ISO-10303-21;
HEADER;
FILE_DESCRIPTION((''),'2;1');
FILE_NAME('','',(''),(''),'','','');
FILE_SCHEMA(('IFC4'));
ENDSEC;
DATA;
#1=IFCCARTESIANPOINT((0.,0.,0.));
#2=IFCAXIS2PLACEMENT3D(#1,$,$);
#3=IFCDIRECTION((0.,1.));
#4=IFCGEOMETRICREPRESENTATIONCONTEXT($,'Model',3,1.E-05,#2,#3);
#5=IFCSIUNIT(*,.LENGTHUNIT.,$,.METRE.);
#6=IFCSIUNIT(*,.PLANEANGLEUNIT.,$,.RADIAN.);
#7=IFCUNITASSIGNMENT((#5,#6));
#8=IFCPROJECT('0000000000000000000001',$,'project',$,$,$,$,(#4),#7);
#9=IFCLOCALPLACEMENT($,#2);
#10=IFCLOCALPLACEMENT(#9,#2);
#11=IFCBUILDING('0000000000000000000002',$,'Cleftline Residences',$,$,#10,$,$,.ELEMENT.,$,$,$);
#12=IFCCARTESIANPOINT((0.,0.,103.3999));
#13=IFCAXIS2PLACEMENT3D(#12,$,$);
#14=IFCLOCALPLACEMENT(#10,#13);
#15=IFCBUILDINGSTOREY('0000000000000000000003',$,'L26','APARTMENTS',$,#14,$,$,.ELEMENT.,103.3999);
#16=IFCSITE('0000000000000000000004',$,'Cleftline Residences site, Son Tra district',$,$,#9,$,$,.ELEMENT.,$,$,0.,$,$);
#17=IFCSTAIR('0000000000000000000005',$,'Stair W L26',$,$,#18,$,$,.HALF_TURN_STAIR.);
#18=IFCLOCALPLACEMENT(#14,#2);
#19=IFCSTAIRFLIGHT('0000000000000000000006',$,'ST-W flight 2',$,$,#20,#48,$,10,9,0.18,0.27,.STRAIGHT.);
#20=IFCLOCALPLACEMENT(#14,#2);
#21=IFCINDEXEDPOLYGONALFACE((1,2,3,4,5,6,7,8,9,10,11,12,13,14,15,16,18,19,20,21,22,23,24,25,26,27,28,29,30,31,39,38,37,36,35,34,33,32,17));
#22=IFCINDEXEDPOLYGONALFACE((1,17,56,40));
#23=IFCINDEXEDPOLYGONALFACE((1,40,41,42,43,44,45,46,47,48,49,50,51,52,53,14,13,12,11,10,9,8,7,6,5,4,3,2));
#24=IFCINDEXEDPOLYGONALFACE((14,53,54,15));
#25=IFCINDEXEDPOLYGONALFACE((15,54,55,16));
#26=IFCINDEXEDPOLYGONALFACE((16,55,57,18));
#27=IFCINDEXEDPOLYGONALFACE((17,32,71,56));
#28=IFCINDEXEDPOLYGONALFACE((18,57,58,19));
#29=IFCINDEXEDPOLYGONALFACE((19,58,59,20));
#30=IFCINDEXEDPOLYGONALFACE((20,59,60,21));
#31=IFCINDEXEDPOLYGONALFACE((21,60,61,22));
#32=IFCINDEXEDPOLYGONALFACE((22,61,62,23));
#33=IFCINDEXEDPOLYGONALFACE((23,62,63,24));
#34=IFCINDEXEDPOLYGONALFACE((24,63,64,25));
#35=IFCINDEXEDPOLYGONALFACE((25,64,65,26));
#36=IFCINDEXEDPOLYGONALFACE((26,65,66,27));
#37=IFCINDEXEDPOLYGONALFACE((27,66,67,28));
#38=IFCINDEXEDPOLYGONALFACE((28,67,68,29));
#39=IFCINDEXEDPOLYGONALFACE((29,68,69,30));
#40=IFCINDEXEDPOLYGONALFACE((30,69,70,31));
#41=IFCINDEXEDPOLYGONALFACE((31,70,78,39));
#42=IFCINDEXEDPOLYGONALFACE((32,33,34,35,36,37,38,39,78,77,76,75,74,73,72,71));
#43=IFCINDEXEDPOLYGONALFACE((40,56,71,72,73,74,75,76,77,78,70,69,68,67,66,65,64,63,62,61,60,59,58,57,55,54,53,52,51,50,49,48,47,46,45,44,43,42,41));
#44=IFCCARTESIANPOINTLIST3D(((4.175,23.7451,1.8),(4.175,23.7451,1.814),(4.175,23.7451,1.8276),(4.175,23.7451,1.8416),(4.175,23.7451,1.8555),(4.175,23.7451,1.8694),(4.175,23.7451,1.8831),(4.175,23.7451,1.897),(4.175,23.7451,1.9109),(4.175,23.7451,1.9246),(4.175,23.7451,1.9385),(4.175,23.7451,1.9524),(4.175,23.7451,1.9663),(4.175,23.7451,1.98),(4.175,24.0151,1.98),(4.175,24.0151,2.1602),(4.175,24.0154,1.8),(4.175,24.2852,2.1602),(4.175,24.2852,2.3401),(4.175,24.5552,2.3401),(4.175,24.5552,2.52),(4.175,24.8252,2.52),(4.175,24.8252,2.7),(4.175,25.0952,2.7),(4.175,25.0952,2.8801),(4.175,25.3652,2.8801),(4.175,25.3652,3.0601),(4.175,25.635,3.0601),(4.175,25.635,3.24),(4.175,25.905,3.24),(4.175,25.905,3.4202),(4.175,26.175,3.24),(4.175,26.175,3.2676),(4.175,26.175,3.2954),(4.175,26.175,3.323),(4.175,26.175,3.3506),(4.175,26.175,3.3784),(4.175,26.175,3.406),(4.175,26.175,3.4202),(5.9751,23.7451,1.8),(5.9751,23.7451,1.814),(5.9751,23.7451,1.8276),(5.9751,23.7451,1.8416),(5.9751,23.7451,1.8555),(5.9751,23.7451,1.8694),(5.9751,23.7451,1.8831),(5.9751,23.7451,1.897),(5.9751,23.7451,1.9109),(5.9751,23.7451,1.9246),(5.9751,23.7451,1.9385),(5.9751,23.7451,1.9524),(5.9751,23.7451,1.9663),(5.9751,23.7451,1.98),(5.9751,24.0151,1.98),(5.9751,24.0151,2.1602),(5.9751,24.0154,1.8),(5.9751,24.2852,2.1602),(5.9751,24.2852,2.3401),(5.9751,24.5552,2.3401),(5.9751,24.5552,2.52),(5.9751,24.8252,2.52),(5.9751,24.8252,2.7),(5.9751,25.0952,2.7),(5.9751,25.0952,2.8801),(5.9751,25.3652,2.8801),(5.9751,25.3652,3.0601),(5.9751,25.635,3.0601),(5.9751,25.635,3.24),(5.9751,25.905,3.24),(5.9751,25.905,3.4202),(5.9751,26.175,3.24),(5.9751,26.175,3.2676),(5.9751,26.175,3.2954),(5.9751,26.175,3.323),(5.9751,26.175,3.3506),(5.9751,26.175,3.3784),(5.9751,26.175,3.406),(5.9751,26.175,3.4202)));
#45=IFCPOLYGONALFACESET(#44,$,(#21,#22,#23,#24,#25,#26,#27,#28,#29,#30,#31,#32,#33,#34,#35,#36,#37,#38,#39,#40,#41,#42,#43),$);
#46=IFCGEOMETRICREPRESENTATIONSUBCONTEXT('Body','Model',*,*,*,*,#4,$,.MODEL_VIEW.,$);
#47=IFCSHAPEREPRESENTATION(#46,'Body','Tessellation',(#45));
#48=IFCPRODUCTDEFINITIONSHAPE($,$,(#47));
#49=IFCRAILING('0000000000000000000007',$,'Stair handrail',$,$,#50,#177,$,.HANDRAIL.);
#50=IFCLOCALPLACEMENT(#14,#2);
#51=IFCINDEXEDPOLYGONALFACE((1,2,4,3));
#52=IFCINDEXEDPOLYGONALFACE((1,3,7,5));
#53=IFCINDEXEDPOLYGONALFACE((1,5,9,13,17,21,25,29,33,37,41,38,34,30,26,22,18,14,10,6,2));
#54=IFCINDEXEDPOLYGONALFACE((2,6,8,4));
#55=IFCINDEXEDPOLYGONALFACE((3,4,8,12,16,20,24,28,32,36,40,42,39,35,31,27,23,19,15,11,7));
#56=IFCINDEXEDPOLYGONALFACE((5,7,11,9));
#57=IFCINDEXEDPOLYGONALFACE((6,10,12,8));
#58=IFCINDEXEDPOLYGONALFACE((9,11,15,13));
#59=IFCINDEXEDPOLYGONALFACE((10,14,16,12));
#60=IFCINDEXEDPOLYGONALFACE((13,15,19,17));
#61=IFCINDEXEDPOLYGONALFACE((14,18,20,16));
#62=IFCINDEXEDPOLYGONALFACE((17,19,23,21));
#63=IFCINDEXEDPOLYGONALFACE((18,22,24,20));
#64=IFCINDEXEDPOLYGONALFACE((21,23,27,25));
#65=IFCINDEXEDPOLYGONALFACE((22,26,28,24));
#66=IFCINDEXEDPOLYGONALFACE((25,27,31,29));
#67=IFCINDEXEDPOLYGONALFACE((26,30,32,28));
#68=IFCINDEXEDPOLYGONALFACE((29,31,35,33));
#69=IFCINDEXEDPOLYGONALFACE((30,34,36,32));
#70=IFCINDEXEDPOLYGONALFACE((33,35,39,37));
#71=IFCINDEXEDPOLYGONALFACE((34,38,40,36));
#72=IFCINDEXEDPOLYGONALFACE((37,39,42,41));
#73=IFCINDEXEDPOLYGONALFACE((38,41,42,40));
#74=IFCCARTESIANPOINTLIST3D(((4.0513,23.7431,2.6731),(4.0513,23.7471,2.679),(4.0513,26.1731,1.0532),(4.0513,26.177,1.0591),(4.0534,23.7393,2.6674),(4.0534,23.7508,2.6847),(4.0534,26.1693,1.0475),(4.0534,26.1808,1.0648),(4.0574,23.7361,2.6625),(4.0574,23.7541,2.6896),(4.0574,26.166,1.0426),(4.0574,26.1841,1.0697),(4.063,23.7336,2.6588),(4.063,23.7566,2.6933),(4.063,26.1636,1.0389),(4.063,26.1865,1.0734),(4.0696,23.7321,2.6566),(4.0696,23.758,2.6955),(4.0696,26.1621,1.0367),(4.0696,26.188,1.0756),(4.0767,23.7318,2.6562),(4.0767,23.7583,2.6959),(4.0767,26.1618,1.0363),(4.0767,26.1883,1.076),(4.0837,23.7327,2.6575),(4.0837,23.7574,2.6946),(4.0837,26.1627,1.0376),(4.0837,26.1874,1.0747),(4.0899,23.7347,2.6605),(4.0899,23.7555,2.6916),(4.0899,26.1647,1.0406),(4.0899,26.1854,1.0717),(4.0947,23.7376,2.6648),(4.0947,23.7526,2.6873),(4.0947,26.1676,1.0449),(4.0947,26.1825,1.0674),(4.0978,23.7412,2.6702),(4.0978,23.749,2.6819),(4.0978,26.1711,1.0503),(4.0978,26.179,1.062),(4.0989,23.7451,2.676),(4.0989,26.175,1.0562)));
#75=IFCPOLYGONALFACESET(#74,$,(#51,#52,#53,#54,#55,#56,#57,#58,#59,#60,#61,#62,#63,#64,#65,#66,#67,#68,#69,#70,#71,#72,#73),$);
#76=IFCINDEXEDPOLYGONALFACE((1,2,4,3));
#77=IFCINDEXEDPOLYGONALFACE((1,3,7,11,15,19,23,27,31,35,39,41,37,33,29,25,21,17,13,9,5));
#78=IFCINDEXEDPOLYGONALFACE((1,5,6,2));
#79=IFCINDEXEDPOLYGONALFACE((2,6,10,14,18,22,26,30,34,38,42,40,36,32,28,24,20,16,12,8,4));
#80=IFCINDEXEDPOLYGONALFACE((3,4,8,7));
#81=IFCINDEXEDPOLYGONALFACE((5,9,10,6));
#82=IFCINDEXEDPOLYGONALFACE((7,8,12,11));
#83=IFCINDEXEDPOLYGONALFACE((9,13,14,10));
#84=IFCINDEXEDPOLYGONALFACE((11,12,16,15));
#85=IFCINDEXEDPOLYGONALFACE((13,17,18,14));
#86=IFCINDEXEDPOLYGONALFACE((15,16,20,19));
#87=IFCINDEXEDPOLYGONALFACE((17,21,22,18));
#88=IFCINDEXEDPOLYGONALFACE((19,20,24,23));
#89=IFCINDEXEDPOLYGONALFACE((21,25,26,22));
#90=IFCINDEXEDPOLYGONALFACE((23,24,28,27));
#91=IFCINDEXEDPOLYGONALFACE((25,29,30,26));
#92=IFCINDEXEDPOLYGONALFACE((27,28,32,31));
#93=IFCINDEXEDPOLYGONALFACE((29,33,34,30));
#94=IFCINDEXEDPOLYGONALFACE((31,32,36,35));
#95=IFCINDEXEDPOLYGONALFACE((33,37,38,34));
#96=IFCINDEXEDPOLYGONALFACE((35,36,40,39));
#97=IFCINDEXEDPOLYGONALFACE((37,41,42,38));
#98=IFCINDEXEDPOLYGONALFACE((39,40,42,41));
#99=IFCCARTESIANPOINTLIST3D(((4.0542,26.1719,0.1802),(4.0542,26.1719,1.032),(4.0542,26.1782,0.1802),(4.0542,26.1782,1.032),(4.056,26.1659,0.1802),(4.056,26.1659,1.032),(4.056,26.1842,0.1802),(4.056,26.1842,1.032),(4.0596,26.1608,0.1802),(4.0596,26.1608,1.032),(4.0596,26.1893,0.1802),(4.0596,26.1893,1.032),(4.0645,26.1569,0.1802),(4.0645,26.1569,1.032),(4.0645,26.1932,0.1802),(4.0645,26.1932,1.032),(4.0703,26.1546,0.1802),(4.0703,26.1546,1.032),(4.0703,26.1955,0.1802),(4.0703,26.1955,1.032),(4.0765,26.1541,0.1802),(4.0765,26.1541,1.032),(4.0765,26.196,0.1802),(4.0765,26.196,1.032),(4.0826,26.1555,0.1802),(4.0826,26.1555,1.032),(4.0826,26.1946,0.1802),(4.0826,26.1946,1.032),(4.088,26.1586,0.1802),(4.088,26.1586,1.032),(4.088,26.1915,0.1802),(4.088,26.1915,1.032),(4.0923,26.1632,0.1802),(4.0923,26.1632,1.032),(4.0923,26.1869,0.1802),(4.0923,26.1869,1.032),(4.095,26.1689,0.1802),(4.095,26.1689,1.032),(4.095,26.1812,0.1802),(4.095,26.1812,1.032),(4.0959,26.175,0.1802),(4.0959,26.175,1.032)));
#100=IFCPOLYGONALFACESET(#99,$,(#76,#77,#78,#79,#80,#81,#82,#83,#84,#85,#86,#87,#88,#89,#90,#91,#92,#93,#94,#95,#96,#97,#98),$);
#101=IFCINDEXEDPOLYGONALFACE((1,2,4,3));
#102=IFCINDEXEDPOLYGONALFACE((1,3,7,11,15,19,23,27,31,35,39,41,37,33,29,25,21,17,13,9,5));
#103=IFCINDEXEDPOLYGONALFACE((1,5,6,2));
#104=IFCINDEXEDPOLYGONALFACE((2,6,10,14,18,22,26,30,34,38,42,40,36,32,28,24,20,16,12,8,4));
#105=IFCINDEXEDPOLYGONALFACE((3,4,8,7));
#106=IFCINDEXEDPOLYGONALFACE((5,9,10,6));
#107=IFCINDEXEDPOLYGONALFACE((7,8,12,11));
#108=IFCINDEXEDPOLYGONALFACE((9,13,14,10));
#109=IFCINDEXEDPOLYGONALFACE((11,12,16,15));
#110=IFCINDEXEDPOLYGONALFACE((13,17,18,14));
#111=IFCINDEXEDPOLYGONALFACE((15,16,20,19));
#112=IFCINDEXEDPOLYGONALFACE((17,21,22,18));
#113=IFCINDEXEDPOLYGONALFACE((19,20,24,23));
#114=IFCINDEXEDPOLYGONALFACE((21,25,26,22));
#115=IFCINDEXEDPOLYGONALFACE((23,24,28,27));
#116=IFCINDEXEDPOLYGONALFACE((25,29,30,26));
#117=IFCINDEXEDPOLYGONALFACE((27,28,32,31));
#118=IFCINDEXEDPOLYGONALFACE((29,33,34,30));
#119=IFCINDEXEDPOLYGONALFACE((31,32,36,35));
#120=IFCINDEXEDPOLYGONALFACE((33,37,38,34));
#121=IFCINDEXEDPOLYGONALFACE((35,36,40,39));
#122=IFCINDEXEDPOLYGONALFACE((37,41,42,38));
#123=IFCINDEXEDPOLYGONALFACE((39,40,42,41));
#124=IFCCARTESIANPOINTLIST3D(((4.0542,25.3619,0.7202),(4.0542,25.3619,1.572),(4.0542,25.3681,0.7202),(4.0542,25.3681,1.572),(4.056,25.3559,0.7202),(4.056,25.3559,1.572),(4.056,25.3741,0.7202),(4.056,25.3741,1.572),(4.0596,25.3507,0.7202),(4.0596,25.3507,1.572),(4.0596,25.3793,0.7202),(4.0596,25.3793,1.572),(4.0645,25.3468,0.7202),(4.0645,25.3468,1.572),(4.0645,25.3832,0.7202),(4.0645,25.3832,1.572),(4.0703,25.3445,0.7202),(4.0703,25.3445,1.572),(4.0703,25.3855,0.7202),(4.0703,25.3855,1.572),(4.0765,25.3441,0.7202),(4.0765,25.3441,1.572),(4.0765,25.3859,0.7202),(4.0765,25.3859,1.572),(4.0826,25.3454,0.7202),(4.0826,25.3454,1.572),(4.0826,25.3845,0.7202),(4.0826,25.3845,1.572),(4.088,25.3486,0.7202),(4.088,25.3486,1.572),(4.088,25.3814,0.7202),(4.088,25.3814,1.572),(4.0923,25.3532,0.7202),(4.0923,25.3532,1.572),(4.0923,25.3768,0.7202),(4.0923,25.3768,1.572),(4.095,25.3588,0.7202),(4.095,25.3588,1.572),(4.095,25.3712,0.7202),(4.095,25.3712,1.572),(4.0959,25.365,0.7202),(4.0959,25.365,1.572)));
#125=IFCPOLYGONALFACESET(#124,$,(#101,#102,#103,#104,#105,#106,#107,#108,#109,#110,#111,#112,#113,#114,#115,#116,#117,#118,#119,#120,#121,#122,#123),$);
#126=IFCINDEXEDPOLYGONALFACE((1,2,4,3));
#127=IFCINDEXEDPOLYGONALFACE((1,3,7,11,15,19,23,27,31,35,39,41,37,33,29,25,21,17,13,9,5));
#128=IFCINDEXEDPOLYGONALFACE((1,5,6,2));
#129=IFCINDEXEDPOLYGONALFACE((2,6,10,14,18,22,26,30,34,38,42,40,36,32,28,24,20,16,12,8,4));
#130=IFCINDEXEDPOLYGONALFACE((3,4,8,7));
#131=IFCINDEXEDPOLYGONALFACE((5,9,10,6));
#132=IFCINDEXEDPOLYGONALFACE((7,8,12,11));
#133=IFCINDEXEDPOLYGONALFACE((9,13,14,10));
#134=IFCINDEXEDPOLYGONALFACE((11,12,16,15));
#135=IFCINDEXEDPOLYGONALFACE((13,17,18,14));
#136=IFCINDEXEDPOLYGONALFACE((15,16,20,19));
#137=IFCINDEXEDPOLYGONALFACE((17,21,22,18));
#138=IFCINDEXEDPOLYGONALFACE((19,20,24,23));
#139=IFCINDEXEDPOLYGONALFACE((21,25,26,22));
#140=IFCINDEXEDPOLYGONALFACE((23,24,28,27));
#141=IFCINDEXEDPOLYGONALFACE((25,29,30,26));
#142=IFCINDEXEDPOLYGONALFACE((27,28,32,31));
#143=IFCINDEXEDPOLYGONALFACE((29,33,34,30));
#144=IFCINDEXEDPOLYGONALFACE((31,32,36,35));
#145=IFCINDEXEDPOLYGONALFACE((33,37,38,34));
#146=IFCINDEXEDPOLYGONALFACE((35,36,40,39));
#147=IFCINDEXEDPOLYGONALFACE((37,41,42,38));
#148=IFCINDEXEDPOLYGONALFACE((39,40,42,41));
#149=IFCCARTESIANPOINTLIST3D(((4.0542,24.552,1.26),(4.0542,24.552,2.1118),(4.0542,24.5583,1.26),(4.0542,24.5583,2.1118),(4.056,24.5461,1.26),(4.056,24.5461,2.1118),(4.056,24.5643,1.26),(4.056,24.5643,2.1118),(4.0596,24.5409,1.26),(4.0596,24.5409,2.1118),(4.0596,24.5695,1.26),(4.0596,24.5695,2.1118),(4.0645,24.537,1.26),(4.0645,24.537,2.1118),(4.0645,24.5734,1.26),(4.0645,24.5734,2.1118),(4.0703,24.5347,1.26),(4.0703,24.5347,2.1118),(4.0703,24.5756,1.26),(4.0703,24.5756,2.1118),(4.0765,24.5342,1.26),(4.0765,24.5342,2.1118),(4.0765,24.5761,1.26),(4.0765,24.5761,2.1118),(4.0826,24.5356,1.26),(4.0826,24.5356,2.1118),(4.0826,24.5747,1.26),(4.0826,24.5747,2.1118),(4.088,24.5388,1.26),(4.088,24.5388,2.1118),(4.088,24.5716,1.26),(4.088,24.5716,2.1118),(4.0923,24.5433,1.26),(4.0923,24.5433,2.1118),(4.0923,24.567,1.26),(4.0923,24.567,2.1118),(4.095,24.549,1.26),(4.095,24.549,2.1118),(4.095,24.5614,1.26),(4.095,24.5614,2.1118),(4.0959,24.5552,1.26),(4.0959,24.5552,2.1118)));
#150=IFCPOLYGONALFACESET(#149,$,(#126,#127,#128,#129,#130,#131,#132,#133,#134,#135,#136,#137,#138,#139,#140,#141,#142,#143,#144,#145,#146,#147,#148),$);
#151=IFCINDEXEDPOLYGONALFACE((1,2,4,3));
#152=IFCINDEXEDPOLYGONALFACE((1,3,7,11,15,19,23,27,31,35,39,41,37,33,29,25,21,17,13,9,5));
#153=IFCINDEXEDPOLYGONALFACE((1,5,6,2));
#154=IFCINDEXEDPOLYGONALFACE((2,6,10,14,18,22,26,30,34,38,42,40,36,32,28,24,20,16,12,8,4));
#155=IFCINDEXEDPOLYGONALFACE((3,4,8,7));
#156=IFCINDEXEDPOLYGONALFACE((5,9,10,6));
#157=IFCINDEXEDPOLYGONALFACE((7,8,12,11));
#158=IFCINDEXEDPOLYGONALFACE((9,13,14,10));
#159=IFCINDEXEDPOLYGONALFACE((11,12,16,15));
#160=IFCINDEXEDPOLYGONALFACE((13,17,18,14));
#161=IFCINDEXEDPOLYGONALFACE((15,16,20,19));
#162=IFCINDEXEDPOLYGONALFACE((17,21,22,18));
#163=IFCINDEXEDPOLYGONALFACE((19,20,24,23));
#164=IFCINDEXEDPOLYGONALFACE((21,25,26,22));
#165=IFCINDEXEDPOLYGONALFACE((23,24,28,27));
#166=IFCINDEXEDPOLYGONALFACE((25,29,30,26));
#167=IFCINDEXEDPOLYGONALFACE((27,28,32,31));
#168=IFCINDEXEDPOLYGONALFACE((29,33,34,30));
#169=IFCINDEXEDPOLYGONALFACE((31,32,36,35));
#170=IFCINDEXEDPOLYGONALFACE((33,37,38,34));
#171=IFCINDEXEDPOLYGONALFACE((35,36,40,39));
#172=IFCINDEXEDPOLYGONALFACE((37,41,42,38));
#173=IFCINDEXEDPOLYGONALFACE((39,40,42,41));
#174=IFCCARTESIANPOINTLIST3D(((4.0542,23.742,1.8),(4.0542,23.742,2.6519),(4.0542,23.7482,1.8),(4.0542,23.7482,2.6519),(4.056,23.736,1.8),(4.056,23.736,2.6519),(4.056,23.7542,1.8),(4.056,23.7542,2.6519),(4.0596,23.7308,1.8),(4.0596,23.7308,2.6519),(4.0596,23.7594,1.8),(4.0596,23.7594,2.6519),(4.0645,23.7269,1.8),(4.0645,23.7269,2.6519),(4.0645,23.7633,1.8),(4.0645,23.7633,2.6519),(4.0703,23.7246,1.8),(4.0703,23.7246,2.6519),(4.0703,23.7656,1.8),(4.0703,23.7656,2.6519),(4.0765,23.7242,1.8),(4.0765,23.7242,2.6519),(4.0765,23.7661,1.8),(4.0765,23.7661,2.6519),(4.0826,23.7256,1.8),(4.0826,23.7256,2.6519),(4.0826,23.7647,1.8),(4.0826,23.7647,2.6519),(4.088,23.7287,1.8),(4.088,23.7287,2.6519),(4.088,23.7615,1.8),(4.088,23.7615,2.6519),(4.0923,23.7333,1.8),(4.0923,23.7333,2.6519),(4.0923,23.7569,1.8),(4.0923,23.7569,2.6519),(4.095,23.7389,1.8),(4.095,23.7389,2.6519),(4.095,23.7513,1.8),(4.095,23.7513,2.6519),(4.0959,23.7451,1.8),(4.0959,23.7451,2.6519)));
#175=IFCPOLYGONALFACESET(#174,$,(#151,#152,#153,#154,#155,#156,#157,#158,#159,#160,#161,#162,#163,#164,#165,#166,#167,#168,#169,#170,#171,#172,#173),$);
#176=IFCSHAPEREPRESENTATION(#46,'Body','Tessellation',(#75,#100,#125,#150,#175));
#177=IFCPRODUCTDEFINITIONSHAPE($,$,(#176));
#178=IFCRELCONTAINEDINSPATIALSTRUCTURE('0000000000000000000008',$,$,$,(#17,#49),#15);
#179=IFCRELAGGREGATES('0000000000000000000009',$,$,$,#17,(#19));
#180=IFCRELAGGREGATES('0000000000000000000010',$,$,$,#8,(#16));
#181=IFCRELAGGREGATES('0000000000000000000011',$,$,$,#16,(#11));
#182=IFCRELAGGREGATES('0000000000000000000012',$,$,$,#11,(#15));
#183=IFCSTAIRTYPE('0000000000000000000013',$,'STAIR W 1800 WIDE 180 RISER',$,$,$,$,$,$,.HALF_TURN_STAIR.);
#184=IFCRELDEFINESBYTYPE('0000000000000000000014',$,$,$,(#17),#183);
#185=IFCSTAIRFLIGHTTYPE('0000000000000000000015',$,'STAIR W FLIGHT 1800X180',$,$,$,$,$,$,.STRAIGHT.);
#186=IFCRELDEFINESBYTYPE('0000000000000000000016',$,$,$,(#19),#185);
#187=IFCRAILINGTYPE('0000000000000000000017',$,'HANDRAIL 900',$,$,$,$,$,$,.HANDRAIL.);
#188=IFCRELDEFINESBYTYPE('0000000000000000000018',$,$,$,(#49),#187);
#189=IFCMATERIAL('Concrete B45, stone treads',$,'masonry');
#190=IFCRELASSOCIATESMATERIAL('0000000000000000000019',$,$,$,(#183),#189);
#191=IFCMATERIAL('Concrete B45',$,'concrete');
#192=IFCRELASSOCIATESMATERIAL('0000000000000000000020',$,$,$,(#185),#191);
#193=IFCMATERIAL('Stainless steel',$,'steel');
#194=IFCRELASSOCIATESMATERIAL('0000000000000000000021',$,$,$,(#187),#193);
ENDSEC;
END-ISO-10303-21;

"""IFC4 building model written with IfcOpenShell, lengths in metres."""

from ifc_helpers import new_model, si_unit, direction, frame, origin, origin_2d, place, context, subcontext, project, spatial, polyline, circle, outline, extrude, material, type_object, element, aggregate, save


model = new_model("IFC4")

# Units and contexts
model_context = context("Model", 3, precision=1e-05, world=origin(), true_north=direction((0.0, 1.0)))
body_context = subcontext(model_context, "Body", "Model", "MODEL_VIEW")
ifc_project = project(units=[si_unit("LENGTHUNIT", "METRE"), si_unit("PLANEANGLEUNIT", "RADIAN")], contexts=[model_context])

# Site, building, storey
site_placement = place(None, origin())
site = spatial("IfcSite", under=ifc_project, at=site_placement, Name="Cleftline Residences site, Son Tra district", CompositionType="ELEMENT", RefElevation=0.0)
building_placement = place(site_placement, origin())
building = spatial("IfcBuilding", under=site, at=building_placement, Name="Cleftline Residences", CompositionType="ELEMENT")
storey_placement = place(building_placement, frame((0.0, 0.0, 103.3999)))
storey = spatial("IfcBuildingStorey", under=building, at=storey_placement, Name="L26", Description="APARTMENTS", CompositionType="ELEMENT", Elevation=103.3999)

# Stair, stair flight
ifc_material_1 = material(Name="Concrete B45, stone treads", Category="masonry")
stair_type = type_object("IfcStairType", Name="STAIR W 1800 WIDE 180 RISER", PredefinedType="HALF_TURN_STAIR", material=ifc_material_1)
stair_placement = place(storey_placement, origin())
stair = element("IfcStair", 1, at=stair_placement, inside=storey, type_object=stair_type, Name="Stair W L26", PredefinedType="HALF_TURN_STAIR")
ifc_material_2 = material(Name="Concrete B45", Category="concrete")
stair_flight_type = type_object("IfcStairFlightType", Name="STAIR W FLIGHT 1800X180", PredefinedType="STRAIGHT", material=ifc_material_2)
stair_flight_1_placement = place(storey_placement, frame((5.075, 23.7451, 1.8), z_axis=(0.0, 0.0, 1.0), x_axis=(0.0, 1.0, 0.0)))
stair_flight_1 = element("IfcStairFlight", 2, at=stair_flight_1_placement, type_object=stair_flight_type, Name="ST-W flight 2", NumberOfRisers=10, NumberOfTreads=9, PredefinedType="STRAIGHT", RiserHeight=0.18, TreadLength=0.27, context=body_context, shape_type="SweptSolid", body=[
    extrude(outline(polyline([(0.0, 0.0), (0.0, 0.0139), (0.0, 0.0276), (0.0, 0.0415), (0.0, 0.0554), (0.0, 0.0693), (0.0, 0.083), (0.0, 0.0969), (0.0, 0.1108), (0.0, 0.1245), (0.0, 0.1384), (0.0, 0.1523), (0.0, 0.1663), (0.0, 0.1799), (0.27, 0.1799), (0.27, 0.3601), (0.54, 0.3601), (0.54, 0.54), (0.8101, 0.54), (0.8101, 0.72), (1.0801, 0.72), (1.0801, 0.8999), (1.3501, 0.8999), (1.3501, 1.0801), (1.6201, 1.0801), (1.6201, 1.26), (1.8899, 1.26), (1.8899, 1.4399), (2.1599, 1.4399), (2.1599, 1.6201), (2.4299, 1.6201), (2.4299, 1.8), (2.4299, 1.7722), (2.4299, 1.7446), (2.4299, 1.7168), (2.4299, 1.6892), (2.4299, 1.6614), (2.4299, 1.6338), (2.4299, 1.606), (2.4299, 1.5784), (2.4299, 1.5505), (2.4299, 1.5229), (2.4299, 1.4954), (2.4299, 1.4675), (2.4299, 1.4399), (0.2703, 0.0), (0.0, 0.0)])), frame((0.0, 0.8999, 0.0), z_axis=(0.0, -1.0, 0.0), x_axis=(1.0, 0.0, 0.0)), (0.0, 0.0, 1.0), 1.8),
])
aggregate(stair, [stair_flight_1])

# Railing
ifc_material_3 = material(Name="Stainless steel", Category="steel")
railing_type = type_object("IfcRailingType", Name="HANDRAIL 900", PredefinedType="HANDRAIL", material=ifc_material_3)
railing_1_placement = place(storey_placement, frame((4.075, 26.175, 0.1802)))
element("IfcRailing", 3, at=railing_1_placement, inside=storey, type_object=railing_type, Name="Stair handrail", PredefinedType="HANDRAIL", context=body_context, shape_type="SweptSolid", body=[
    extrude(circle(Radius=0.0239, at=origin_2d()), frame((0.0, 0.0, 0.876), z_axis=(0.0, -0.832063, 0.554681), x_axis=(1.0, 0.0, 0.0)), (0.0, 0.0, 1.0), 2.9204),
    extrude(circle(Radius=0.021, at=origin_2d()), origin(), (0.0, 0.0, 1.0), 0.8518),
    extrude(circle(Radius=0.021, at=origin_2d()), frame((0.0, -0.8101, 0.54)), (0.0, 0.0, 1.0), 0.8518),
    extrude(circle(Radius=0.021, at=origin_2d()), frame((0.0, -1.6199, 1.0798)), (0.0, 0.0, 1.0), 0.8518),
    extrude(circle(Radius=0.021, at=origin_2d()), frame((0.0, -2.4299, 1.6199)), (0.0, 0.0, 1.0), 0.8518),
])

save(model, "model.ifc")
